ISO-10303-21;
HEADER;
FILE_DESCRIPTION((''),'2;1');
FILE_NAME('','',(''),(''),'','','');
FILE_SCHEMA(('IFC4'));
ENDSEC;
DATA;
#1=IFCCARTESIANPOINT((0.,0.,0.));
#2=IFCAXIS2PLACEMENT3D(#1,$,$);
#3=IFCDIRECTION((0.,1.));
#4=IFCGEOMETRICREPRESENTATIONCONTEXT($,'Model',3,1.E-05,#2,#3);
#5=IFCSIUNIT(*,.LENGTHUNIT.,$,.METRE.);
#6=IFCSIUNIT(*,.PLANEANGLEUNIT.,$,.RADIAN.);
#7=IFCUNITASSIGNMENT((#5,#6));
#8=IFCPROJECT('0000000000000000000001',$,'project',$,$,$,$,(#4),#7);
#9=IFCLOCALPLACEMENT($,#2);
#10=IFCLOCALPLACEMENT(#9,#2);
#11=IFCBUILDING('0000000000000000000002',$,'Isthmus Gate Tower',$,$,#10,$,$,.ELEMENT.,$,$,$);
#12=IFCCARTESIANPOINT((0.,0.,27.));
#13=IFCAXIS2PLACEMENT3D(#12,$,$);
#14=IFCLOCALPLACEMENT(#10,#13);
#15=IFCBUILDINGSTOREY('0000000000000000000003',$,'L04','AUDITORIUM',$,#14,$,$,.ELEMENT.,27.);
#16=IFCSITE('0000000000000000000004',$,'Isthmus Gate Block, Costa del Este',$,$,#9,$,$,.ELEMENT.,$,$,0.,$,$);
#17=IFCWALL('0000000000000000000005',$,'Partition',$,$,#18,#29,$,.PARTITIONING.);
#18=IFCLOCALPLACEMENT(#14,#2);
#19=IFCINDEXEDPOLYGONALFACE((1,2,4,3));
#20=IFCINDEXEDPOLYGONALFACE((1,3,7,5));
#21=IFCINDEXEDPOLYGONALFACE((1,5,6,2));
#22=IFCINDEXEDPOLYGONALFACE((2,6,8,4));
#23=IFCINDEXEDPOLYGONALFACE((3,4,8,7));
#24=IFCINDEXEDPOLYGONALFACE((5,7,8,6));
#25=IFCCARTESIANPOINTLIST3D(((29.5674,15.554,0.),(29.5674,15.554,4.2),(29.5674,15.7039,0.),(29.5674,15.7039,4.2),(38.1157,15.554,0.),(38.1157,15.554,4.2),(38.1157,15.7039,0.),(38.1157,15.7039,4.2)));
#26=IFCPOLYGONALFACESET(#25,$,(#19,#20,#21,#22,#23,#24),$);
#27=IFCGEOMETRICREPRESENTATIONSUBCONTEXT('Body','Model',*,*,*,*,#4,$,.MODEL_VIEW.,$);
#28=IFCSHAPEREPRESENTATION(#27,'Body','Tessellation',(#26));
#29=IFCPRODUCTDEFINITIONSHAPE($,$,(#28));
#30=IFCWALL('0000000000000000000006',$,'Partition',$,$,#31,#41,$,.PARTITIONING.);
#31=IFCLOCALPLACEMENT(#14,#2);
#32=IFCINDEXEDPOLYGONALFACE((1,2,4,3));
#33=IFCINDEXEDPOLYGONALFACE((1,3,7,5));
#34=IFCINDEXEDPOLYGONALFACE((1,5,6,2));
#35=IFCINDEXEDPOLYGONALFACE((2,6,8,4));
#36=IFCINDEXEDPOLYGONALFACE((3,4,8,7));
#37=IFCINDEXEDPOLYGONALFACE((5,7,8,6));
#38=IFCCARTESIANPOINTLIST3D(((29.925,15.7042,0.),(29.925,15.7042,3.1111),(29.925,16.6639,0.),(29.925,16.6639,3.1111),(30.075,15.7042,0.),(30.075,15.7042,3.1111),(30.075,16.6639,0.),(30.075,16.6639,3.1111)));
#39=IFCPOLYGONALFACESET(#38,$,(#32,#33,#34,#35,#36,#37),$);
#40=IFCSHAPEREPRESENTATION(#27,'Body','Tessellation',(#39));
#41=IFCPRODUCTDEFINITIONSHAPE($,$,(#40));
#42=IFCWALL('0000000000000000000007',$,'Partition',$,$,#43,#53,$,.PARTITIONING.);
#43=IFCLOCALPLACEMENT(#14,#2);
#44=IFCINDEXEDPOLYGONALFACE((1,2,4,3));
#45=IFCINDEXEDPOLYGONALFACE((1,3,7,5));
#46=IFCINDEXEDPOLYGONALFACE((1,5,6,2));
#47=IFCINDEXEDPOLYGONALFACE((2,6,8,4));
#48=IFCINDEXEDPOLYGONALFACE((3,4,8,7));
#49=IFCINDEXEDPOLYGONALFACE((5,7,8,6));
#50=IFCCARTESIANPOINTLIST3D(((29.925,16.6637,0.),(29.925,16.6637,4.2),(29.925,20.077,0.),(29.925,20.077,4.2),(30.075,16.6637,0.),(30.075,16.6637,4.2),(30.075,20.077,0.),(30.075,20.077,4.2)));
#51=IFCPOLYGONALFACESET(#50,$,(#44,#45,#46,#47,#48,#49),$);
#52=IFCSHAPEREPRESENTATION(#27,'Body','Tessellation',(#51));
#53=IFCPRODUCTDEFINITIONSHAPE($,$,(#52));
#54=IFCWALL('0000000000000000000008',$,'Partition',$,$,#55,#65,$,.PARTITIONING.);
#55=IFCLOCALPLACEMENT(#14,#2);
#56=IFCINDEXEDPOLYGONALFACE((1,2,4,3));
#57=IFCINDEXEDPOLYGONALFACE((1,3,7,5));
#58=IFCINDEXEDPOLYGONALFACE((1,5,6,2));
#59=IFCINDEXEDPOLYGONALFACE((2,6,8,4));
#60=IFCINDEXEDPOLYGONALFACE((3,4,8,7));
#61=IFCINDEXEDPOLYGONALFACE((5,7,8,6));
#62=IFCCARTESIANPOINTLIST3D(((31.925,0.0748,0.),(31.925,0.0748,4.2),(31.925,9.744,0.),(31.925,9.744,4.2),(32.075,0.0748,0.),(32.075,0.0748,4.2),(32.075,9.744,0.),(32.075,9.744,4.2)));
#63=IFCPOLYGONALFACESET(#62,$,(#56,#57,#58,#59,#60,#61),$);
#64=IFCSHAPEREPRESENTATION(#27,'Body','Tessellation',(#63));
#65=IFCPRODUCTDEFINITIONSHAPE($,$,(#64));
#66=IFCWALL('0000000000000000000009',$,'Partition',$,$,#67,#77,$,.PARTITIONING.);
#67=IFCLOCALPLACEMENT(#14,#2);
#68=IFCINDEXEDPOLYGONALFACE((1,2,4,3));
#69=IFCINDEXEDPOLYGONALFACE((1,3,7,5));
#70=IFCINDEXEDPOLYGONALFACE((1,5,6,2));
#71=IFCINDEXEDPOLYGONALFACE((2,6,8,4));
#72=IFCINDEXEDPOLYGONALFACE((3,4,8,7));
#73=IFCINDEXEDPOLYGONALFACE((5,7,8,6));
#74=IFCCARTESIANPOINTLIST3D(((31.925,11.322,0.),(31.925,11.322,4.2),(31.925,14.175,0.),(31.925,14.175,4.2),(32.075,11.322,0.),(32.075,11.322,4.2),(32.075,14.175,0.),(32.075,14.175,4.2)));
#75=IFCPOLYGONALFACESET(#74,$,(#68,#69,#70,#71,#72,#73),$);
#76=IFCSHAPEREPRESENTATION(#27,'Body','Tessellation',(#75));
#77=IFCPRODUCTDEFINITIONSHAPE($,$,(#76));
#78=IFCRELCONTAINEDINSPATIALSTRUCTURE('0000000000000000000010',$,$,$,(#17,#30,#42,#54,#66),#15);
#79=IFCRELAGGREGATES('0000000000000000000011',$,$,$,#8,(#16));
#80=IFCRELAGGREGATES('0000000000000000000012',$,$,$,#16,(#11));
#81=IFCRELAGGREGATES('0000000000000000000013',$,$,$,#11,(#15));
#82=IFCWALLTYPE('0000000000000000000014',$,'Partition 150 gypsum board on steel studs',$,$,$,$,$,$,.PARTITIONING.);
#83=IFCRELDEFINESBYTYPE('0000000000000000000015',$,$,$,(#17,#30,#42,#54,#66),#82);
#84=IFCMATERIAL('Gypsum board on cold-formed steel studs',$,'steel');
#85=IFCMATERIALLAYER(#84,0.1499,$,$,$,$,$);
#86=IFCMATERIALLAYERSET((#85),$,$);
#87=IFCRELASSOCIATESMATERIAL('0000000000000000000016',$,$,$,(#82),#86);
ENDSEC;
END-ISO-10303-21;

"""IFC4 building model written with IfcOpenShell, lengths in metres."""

from ifc_helpers import new_model, si_unit, direction, frame, frame_2d, origin, place, context, subcontext, project, spatial, rectangle, extrude, material, layer, layer_set, type_object, element, save


model = new_model("IFC4")

# Units and contexts
model_context = context("Model", 3, precision=1e-05, world=origin(), true_north=direction((0.0, 1.0)))
body_context = subcontext(model_context, "Body", "Model", "MODEL_VIEW")
ifc_project = project(units=[si_unit("LENGTHUNIT", "METRE"), si_unit("PLANEANGLEUNIT", "RADIAN")], contexts=[model_context])

# Site, building, storey
site_placement = place(None, origin())
site = spatial("IfcSite", under=ifc_project, at=site_placement, Name="Isthmus Gate Block, Costa del Este", CompositionType="ELEMENT", RefElevation=0.0)
building_placement = place(site_placement, origin())
building = spatial("IfcBuilding", under=site, at=building_placement, Name="Isthmus Gate Tower", CompositionType="ELEMENT")
storey_placement = place(building_placement, frame((0.0, 0.0, 27.0)))
storey = spatial("IfcBuildingStorey", under=building, at=storey_placement, Name="L04", Description="AUDITORIUM", CompositionType="ELEMENT", Elevation=27.0)

# Shared definitions
ifc_material_1 = material(Name="Gypsum board on cold-formed steel studs", Category="steel")
ifc_layer = layer(ifc_material_1, 0.1499)
ifc_layer_set = layer_set([ifc_layer])
wall_type = type_object("IfcWallType", Name="Partition 150 gypsum board on steel studs", PredefinedType="PARTITIONING", material=ifc_layer_set)

# Walls
wall_1_placement = place(storey_placement, frame((29.5674, 15.6289, 0.0), z_axis=(0.0, 0.0, 1.0), x_axis=(1.0, 0.0, 0.0)))
element("IfcWall", 1, at=wall_1_placement, inside=storey, type_object=wall_type, Name="Partition", PredefinedType="PARTITIONING", context=body_context, shape_type="SweptSolid", body=[
    extrude(rectangle(XDim=8.5483, YDim=0.1499, at=frame_2d((4.2742, 0.0))), origin(), (0.0, 0.0, 1.0), 4.2),
])
wall_2_placement = place(storey_placement, frame((30.0, 15.7041, 0.0), z_axis=(0.0, 0.0, 1.0), x_axis=(0.0, 1.0, 0.0)))
element("IfcWall", 2, at=wall_2_placement, inside=storey, type_object=wall_type, Name="Partition", PredefinedType="PARTITIONING", context=body_context, shape_type="SweptSolid", body=[
    extrude(rectangle(XDim=0.9597, YDim=0.1499, at=frame_2d((0.48, 0.0))), origin(), (0.0, 0.0, 1.0), 3.1111),
])
wall_3_placement = place(storey_placement, frame((30.0, 16.6638, 0.0), z_axis=(0.0, 0.0, 1.0), x_axis=(0.0, 1.0, 0.0)))
element("IfcWall", 3, at=wall_3_placement, inside=storey, type_object=wall_type, Name="Partition", PredefinedType="PARTITIONING", context=body_context, shape_type="SweptSolid", body=[
    extrude(rectangle(XDim=3.4133, YDim=0.1499, at=frame_2d((1.7065, 0.0))), origin(), (0.0, 0.0, 1.0), 4.2),
])
wall_4_placement = place(storey_placement, frame((32.0, 0.075, 0.0), z_axis=(0.0, 0.0, 1.0), x_axis=(0.0, 1.0, 0.0)))
element("IfcWall", 4, at=wall_4_placement, inside=storey, type_object=wall_type, Name="Partition", PredefinedType="PARTITIONING", context=body_context, shape_type="SweptSolid", body=[
    extrude(rectangle(XDim=9.6692, YDim=0.1499, at=frame_2d((4.8345, 0.0))), origin(), (0.0, 0.0, 1.0), 4.2),
])
wall_5_placement = place(storey_placement, frame((32.0, 11.322, 0.0), z_axis=(0.0, 0.0, 1.0), x_axis=(0.0, 1.0, 0.0)))
element("IfcWall", 5, at=wall_5_placement, inside=storey, type_object=wall_type, Name="Partition", PredefinedType="PARTITIONING", context=body_context, shape_type="SweptSolid", body=[
    extrude(rectangle(XDim=2.853, YDim=0.1499, at=frame_2d((1.4265, 0.0))), origin(), (0.0, 0.0, 1.0), 4.2),
])

save(model, "model.ifc")
